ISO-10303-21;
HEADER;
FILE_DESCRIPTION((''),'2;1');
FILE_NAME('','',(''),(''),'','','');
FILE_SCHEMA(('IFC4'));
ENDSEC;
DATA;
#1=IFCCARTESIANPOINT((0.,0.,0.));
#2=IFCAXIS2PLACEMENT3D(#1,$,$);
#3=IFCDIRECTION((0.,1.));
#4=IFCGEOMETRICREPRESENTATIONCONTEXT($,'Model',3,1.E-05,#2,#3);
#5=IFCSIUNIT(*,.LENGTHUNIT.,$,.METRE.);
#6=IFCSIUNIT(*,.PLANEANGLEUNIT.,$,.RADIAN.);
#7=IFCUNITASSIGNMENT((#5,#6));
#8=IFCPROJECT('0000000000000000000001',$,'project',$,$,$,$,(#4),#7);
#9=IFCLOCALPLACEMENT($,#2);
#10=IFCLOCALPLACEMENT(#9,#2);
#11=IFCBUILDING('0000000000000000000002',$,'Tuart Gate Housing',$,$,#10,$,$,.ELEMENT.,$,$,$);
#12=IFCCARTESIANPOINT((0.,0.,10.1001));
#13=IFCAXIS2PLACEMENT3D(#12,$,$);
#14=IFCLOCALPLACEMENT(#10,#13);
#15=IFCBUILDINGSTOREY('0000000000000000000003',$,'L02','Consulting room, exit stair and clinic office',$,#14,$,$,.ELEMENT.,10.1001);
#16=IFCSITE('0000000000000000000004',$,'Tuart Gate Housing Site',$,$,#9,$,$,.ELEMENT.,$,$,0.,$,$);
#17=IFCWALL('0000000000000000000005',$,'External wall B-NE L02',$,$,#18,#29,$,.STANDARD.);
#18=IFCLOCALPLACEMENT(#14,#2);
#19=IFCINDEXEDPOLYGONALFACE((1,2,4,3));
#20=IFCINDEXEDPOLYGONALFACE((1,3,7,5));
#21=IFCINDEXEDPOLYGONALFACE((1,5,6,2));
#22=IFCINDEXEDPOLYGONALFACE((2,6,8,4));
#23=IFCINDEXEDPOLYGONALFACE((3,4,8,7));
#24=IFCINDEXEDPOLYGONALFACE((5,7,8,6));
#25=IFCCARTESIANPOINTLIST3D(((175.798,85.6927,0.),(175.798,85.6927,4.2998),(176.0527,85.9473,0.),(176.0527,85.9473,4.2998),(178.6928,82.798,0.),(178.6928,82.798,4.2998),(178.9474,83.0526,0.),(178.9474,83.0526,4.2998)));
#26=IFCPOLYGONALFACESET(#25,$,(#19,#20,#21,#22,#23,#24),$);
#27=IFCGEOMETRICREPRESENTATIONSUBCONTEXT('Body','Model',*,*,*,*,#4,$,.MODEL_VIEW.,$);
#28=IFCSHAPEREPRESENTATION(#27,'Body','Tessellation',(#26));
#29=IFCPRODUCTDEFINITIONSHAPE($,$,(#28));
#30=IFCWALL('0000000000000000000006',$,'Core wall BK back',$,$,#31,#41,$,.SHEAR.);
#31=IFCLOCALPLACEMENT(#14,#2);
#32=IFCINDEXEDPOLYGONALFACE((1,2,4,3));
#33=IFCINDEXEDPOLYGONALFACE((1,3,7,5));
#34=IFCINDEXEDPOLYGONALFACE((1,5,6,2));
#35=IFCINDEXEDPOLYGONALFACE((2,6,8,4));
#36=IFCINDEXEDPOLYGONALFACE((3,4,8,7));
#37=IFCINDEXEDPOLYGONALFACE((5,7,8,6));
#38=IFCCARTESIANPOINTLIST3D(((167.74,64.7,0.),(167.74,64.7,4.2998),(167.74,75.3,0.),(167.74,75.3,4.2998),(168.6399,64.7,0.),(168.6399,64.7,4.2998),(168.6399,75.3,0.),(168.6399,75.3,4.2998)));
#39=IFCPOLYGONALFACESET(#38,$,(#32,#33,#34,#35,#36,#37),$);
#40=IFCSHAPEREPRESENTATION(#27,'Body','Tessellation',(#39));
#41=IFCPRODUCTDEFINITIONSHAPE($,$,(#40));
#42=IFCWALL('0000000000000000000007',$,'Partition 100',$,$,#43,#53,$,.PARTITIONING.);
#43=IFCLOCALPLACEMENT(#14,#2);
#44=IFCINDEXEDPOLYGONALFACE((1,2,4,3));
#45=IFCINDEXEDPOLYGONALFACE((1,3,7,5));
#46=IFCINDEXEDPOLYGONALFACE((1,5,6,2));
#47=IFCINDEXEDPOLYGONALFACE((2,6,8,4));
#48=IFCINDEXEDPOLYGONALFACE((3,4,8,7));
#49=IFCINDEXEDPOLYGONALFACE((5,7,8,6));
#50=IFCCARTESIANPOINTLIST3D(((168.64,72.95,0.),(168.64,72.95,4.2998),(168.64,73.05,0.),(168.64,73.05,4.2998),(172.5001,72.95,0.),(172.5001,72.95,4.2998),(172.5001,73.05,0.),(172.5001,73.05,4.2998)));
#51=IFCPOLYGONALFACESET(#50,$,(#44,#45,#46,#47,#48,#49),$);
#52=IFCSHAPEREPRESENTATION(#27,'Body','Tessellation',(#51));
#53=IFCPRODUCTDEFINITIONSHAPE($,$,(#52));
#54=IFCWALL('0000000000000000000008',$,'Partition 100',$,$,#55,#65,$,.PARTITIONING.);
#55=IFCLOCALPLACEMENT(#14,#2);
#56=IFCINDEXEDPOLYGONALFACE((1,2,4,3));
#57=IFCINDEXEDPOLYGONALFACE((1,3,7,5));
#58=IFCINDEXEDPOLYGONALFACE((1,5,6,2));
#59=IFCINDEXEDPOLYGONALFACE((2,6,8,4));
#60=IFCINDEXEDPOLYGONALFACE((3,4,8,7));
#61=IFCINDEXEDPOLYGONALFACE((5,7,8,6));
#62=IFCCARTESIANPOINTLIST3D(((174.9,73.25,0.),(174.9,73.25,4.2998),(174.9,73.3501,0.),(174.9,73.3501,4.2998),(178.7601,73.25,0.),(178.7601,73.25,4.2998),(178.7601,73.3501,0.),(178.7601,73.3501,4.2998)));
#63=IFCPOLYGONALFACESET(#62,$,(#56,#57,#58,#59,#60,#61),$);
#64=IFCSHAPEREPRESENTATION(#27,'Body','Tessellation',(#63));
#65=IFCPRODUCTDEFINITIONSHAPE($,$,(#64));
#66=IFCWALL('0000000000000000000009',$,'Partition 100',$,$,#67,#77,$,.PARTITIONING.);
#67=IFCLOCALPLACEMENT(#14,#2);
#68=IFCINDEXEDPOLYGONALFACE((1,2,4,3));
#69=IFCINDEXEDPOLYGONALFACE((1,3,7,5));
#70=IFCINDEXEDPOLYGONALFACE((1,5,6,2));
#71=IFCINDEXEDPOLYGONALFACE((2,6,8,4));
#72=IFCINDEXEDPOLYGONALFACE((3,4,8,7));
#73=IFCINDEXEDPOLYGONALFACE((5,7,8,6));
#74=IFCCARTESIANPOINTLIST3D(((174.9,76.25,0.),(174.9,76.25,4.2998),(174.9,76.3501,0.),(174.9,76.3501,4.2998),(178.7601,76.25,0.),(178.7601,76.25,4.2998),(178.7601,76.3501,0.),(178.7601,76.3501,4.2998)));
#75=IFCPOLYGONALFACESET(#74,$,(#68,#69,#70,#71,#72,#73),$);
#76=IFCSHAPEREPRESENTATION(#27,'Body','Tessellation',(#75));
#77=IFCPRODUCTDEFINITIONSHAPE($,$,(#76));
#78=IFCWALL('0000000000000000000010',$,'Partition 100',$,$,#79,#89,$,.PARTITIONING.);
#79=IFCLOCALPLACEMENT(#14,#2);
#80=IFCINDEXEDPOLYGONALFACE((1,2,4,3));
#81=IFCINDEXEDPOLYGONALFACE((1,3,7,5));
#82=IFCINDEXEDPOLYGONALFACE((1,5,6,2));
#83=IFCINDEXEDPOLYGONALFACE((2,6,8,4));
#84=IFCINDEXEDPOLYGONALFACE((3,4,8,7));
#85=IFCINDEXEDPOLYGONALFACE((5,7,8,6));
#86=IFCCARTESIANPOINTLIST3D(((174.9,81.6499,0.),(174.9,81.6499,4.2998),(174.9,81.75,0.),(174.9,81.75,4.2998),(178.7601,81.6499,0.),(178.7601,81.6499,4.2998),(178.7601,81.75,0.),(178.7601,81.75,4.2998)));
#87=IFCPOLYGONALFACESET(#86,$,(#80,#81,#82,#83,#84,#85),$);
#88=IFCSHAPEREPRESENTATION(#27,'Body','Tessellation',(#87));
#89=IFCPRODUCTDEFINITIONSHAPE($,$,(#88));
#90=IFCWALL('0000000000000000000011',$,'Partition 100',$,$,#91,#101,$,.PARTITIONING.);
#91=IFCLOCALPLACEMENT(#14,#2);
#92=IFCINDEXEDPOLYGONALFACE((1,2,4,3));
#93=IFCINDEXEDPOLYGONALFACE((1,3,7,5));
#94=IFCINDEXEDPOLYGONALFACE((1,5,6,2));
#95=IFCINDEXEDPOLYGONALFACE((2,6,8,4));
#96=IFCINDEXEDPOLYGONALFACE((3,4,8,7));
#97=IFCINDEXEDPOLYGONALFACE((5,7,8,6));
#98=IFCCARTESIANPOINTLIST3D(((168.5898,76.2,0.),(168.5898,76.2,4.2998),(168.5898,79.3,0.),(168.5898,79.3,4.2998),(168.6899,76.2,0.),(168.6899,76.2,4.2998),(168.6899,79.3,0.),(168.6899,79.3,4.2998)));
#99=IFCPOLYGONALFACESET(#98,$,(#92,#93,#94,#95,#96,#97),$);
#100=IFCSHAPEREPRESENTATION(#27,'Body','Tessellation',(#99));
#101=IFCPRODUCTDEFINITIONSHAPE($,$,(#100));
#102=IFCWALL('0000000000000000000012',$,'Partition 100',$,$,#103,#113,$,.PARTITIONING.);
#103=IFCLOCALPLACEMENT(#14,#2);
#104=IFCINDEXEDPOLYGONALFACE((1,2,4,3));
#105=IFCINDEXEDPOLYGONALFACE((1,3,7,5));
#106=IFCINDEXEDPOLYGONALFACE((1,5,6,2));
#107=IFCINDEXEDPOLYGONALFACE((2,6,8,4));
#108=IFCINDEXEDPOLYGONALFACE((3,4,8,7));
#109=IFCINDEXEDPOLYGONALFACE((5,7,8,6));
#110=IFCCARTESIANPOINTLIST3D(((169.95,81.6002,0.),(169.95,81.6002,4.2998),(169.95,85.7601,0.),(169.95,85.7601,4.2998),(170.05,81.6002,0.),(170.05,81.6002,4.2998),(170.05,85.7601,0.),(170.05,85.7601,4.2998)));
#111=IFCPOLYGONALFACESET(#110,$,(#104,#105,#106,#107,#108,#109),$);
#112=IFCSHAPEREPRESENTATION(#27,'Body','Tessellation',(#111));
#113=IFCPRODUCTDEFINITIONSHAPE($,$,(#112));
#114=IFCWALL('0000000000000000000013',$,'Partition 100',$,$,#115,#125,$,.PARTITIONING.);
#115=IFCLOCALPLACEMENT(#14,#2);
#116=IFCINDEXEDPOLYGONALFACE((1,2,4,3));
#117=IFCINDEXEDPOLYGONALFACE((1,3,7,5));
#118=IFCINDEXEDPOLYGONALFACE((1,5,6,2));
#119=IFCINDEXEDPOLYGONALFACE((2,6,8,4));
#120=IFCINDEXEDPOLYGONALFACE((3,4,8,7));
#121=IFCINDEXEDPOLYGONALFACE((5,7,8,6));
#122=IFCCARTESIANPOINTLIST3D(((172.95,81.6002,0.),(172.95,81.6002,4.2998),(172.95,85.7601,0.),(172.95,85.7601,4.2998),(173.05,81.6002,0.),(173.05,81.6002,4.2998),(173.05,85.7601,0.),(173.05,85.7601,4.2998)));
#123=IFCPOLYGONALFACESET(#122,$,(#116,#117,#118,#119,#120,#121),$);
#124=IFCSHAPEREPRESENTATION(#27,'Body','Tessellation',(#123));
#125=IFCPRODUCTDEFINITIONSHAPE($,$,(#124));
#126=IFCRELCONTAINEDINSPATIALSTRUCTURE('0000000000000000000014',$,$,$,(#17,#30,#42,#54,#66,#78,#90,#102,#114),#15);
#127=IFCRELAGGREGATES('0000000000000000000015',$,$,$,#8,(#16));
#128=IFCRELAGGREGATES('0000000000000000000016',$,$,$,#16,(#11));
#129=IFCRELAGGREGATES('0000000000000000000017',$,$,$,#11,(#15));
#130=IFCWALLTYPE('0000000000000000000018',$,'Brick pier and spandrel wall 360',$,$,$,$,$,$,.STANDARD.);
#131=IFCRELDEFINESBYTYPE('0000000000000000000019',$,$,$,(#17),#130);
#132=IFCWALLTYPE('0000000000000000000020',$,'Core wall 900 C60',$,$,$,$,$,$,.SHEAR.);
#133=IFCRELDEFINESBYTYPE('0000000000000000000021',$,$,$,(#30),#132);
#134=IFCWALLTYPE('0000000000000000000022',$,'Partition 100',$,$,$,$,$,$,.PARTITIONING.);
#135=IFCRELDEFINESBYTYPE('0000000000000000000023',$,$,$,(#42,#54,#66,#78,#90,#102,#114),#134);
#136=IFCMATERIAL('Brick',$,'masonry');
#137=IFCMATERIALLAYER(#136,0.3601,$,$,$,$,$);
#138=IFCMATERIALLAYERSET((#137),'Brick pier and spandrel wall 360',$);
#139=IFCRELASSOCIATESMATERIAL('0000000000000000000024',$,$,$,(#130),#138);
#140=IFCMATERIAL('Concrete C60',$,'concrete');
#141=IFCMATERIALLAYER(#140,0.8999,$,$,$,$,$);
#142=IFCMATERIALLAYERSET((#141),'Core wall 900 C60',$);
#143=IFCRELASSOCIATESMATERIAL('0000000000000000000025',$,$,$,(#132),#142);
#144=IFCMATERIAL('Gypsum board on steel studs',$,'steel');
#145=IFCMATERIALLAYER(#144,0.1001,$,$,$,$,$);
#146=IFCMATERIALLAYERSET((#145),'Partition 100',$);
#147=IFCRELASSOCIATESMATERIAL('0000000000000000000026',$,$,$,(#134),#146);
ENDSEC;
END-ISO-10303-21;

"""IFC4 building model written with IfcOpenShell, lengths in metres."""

from ifc_helpers import new_model, si_unit, direction, frame, frame_2d, origin, place, context, subcontext, project, spatial, rectangle, extrude, material, layer, layer_set, type_object, element, save


model = new_model("IFC4")

# Units and contexts
model_context = context("Model", 3, precision=1e-05, world=origin(), true_north=direction((0.0, 1.0)))
body_context = subcontext(model_context, "Body", "Model", "MODEL_VIEW")
ifc_project = project(units=[si_unit("LENGTHUNIT", "METRE"), si_unit("PLANEANGLEUNIT", "RADIAN")], contexts=[model_context])

# Site, building, storey
site_placement = place(None, origin())
site = spatial("IfcSite", under=ifc_project, at=site_placement, Name="Tuart Gate Housing Site", CompositionType="ELEMENT", RefElevation=0.0)
building_placement = place(site_placement, origin())
building = spatial("IfcBuilding", under=site, at=building_placement, Name="Tuart Gate Housing", CompositionType="ELEMENT")
storey_placement = place(building_placement, frame((0.0, 0.0, 10.1001)))
storey = spatial("IfcBuildingStorey", under=building, at=storey_placement, Name="L02", Description="Consulting room, exit stair and clinic office", CompositionType="ELEMENT", Elevation=10.1001)

# Walls
ifc_material_1 = material(Name="Brick", Category="masonry")
ifc_layer_1 = layer(ifc_material_1, 0.3601)
ifc_layer_set_1 = layer_set([ifc_layer_1], Name="Brick pier and spandrel wall 360")
wall_type_1 = type_object("IfcWallType", Name="Brick pier and spandrel wall 360", PredefinedType="STANDARD", material=ifc_layer_set_1)
wall_1_placement = place(storey_placement, frame((178.8201, 82.9253, 0.0), z_axis=(0.0, 0.0, 1.0), x_axis=(-0.707107, 0.707107, 0.0)))
element("IfcWall", 1, at=wall_1_placement, inside=storey, type_object=wall_type_1, Name="External wall B-NE L02", PredefinedType="STANDARD", context=body_context, shape_type="SweptSolid", body=[
    extrude(rectangle(XDim=4.0938, YDim=0.3601, at=frame_2d((2.0469, 0.0))), origin(), (0.0, 0.0, 1.0), 4.2998),
])
ifc_material_2 = material(Name="Concrete C60", Category="concrete")
ifc_layer_2 = layer(ifc_material_2, 0.8999)
ifc_layer_set_2 = layer_set([ifc_layer_2], Name="Core wall 900 C60")
wall_type_2 = type_object("IfcWallType", Name="Core wall 900 C60", PredefinedType="SHEAR", material=ifc_layer_set_2)
wall_2_placement = place(storey_placement, frame((168.1899, 75.3, 0.0), z_axis=(0.0, 0.0, 1.0), x_axis=(0.0, -1.0, 0.0)))
element("IfcWall", 2, at=wall_2_placement, inside=storey, type_object=wall_type_2, Name="Core wall BK back", PredefinedType="SHEAR", context=body_context, shape_type="SweptSolid", body=[
    extrude(rectangle(XDim=10.6001, YDim=0.8999, at=frame_2d((5.3, 0.0))), origin(), (0.0, 0.0, 1.0), 4.2998),
])
ifc_material_3 = material(Name="Gypsum board on steel studs", Category="steel")
ifc_layer_3 = layer(ifc_material_3, 0.1001)
ifc_layer_set_3 = layer_set([ifc_layer_3], Name="Partition 100")
wall_type_3 = type_object("IfcWallType", Name="Partition 100", PredefinedType="PARTITIONING", material=ifc_layer_set_3)
for number, where, z_axis, x_axis, name in (
    (3, (168.6399, 73.0, 0.0), (0.0, 0.0, 1.0), (1.0, 0.0, 0.0), "Partition 100"),
    (4, (174.8999, 73.3, 0.0), (0.0, 0.0, 1.0), (1.0, 0.0, 0.0), "Partition 100"),
    (5, (174.8999, 76.3, 0.0), (0.0, 0.0, 1.0), (1.0, 0.0, 0.0), "Partition 100"),
    (6, (174.8999, 81.7, 0.0), (0.0, 0.0, 1.0), (1.0, 0.0, 0.0), "Partition 100"),
):
    element("IfcWall", number, at=place(storey_placement, frame(where, z_axis=z_axis, x_axis=x_axis)), inside=storey, type_object=wall_type_3, Name=name, PredefinedType="PARTITIONING", context=body_context, shape_type="SweptSolid", body=[
        extrude(rectangle(XDim=3.8601, YDim=0.1001, at=frame_2d((1.9302, 0.0))), origin(), (0.0, 0.0, 1.0), 4.2998),
    ])
wall_3_placement = place(storey_placement, frame((168.6399, 76.2, 0.0), z_axis=(0.0, 0.0, 1.0), x_axis=(0.0, 1.0, 0.0)))
element("IfcWall", 7, at=wall_3_placement, inside=storey, type_object=wall_type_3, Name="Partition 100", PredefinedType="PARTITIONING", context=body_context, shape_type="SweptSolid", body=[
    extrude(rectangle(XDim=3.1001, YDim=0.1001, at=frame_2d((1.55, 0.0))), origin(), (0.0, 0.0, 1.0), 4.2998),
])
for number, where, z_axis, x_axis, name in (
    (8, (170.0, 81.6001, 0.0), (0.0, 0.0, 1.0), (0.0, 1.0, 0.0), "Partition 100"),
    (9, (173.0, 81.6001, 0.0), (0.0, 0.0, 1.0), (0.0, 1.0, 0.0), "Partition 100"),
):
    element("IfcWall", number, at=place(storey_placement, frame(where, z_axis=z_axis, x_axis=x_axis)), inside=storey, type_object=wall_type_3, Name=name, PredefinedType="PARTITIONING", context=body_context, shape_type="SweptSolid", body=[
        extrude(rectangle(XDim=4.1599, YDim=0.1001, at=frame_2d((2.0801, 0.0))), origin(), (0.0, 0.0, 1.0), 4.2998),
    ])

save(model, "model.ifc")
